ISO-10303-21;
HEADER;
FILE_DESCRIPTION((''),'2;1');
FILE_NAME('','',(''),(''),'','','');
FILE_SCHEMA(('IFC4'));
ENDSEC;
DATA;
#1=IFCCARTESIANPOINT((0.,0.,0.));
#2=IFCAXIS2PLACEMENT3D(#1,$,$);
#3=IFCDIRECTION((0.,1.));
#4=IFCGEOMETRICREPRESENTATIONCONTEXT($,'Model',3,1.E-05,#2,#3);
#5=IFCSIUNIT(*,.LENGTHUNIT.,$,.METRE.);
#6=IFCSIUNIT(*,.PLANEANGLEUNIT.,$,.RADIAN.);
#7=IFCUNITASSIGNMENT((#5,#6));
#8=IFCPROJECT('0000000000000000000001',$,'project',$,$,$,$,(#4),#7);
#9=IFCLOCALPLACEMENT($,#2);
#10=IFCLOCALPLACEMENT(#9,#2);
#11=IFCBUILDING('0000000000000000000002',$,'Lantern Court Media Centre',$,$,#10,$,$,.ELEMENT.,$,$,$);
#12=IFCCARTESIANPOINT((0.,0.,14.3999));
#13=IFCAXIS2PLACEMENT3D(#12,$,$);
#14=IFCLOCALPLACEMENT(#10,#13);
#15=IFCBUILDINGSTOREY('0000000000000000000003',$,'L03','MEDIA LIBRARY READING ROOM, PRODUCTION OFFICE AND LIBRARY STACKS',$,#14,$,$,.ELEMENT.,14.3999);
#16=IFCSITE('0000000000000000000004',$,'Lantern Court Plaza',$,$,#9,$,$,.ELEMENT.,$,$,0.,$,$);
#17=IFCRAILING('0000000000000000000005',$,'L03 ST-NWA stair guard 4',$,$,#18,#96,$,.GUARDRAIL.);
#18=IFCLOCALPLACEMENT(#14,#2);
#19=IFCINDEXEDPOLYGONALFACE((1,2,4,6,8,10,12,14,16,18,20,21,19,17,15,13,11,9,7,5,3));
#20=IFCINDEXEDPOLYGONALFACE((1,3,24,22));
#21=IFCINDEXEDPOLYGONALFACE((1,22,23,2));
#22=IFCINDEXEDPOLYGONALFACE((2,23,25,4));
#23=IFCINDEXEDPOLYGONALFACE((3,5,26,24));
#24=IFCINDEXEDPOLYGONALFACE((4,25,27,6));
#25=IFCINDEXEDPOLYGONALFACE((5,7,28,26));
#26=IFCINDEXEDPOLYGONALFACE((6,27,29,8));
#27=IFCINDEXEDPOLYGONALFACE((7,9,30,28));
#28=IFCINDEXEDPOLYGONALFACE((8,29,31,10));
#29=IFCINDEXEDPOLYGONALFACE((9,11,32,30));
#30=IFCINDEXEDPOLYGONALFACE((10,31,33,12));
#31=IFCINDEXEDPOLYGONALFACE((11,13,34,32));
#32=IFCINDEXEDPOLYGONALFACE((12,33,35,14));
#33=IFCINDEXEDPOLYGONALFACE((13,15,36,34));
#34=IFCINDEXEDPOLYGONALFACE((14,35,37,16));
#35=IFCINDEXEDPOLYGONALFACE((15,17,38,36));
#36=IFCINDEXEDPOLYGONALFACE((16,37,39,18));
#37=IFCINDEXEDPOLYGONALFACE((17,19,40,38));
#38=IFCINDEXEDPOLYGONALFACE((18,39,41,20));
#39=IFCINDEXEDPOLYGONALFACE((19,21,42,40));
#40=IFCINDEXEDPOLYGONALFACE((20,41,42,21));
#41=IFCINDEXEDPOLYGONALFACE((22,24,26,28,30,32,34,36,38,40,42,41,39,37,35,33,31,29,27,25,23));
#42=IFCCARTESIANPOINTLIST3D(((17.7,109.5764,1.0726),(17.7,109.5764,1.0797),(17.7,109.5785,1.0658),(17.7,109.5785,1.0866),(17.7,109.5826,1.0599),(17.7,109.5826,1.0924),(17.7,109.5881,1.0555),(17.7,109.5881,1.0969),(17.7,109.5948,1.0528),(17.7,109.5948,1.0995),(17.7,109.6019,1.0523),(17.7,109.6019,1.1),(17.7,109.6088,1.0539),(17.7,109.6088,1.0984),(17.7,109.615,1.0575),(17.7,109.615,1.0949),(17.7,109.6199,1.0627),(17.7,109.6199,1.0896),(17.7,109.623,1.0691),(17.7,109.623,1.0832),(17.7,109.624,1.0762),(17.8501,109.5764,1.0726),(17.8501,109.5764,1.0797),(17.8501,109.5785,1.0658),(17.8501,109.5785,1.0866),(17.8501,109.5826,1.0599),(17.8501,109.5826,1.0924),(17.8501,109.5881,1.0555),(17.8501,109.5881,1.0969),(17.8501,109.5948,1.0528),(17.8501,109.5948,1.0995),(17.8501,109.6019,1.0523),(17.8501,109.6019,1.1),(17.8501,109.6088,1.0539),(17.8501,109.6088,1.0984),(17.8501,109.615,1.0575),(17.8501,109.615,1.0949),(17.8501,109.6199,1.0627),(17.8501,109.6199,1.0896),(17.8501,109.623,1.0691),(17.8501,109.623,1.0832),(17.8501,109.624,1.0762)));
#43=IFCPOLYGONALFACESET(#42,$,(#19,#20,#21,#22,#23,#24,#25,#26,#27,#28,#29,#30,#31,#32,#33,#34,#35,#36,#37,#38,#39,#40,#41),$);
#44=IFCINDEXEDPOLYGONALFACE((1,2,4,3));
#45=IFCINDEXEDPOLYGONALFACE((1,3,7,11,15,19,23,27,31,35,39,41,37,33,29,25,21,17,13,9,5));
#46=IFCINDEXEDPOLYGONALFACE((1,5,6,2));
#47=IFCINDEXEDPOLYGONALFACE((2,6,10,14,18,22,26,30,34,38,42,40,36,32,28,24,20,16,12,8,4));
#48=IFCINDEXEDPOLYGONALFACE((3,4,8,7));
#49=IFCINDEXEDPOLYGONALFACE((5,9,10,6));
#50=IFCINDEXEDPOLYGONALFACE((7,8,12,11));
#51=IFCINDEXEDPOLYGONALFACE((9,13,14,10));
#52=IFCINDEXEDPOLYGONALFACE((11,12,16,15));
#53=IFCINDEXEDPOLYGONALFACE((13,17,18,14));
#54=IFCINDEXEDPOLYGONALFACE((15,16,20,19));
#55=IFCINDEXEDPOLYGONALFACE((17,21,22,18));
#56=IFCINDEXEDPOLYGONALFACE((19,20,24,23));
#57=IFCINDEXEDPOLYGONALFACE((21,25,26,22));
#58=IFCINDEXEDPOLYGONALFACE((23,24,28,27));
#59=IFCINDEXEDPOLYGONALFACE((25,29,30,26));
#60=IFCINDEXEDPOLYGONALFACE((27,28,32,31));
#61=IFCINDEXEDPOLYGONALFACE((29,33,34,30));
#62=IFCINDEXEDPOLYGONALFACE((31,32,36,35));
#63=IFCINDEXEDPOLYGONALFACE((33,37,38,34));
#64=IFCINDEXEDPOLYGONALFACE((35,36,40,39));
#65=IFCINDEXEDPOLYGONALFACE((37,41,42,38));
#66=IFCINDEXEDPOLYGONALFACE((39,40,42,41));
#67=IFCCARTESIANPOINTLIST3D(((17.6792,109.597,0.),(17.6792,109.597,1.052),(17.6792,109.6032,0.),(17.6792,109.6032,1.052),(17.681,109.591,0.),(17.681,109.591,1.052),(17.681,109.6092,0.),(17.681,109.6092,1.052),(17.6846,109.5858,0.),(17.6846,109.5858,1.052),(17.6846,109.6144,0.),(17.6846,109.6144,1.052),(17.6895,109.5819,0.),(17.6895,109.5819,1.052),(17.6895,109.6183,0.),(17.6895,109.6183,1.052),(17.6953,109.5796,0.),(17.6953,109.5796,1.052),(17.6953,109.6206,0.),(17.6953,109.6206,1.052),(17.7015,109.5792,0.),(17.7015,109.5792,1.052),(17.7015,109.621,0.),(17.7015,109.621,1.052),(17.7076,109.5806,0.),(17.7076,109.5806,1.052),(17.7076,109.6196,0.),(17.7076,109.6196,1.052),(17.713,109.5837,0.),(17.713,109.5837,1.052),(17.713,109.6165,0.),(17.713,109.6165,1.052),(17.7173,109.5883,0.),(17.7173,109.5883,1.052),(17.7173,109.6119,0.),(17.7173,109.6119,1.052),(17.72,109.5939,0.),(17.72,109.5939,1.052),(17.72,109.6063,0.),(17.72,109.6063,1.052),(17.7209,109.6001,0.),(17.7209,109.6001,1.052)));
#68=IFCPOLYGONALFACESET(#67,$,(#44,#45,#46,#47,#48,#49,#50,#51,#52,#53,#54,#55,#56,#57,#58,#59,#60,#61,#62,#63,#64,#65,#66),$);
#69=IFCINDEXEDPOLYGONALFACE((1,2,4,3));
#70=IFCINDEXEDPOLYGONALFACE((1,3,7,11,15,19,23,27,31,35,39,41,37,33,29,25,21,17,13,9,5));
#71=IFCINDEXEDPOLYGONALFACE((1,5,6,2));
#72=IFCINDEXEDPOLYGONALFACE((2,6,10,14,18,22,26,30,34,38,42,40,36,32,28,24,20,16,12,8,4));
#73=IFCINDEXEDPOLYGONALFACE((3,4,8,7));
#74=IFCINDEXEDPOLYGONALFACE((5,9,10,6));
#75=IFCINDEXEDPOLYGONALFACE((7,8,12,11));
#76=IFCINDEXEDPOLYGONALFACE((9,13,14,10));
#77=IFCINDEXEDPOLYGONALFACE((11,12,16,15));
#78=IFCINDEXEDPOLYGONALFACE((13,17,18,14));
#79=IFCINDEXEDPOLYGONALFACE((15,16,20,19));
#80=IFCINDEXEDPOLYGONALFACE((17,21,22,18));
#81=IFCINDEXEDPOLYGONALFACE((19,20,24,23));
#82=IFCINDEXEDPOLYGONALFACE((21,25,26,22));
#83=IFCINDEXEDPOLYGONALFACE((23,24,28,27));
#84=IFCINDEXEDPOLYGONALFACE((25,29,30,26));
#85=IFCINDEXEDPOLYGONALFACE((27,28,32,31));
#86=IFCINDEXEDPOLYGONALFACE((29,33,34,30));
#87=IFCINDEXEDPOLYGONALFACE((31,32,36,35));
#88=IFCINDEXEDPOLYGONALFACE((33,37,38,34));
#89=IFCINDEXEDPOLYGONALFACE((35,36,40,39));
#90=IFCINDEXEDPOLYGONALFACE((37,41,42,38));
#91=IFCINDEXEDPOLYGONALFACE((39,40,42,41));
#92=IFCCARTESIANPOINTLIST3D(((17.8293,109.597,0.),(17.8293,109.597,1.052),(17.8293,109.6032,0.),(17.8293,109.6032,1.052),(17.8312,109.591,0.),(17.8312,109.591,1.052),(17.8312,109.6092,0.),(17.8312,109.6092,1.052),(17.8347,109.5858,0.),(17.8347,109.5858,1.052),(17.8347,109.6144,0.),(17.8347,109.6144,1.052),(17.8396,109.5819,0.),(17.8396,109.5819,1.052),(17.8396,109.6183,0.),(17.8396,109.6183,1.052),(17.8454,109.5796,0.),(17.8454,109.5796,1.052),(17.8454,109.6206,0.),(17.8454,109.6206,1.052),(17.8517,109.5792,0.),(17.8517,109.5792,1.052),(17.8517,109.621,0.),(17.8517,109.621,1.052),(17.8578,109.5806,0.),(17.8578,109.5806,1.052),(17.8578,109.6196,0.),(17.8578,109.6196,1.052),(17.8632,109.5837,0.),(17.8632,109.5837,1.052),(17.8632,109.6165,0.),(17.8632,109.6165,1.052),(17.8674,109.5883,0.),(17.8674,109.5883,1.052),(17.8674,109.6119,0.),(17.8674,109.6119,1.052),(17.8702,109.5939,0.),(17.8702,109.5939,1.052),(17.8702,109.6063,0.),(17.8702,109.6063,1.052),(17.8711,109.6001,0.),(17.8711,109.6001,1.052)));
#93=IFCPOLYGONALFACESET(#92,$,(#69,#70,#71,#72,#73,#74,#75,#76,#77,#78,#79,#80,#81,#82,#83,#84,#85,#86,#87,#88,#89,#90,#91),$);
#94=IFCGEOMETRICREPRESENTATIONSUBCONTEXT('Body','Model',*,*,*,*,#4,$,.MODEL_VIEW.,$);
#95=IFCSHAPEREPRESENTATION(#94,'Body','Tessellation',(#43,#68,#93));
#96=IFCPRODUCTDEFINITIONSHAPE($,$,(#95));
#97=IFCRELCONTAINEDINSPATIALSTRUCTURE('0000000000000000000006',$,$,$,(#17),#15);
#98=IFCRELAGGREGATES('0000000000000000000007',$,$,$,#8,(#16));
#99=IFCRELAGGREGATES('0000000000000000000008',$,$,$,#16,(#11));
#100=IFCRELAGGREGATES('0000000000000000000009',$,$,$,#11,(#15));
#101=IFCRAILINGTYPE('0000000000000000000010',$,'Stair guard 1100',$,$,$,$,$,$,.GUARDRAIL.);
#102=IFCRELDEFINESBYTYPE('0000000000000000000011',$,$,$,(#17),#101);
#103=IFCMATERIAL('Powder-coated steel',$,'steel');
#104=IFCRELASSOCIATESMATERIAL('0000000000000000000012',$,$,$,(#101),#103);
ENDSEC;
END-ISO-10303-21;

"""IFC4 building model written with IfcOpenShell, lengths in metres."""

from ifc_helpers import new_model, si_unit, direction, frame, origin, origin_2d, place, context, subcontext, project, spatial, circle, extrude, material, type_object, element, save


model = new_model("IFC4")

# Units and contexts
model_context = context("Model", 3, precision=1e-05, world=origin(), true_north=direction((0.0, 1.0)))
body_context = subcontext(model_context, "Body", "Model", "MODEL_VIEW")
ifc_project = project(units=[si_unit("LENGTHUNIT", "METRE"), si_unit("PLANEANGLEUNIT", "RADIAN")], contexts=[model_context])

# Site, building, storey
site_placement = place(None, origin())
site = spatial("IfcSite", under=ifc_project, at=site_placement, Name="Lantern Court Plaza", CompositionType="ELEMENT", RefElevation=0.0)
building_placement = place(site_placement, origin())
building = spatial("IfcBuilding", under=site, at=building_placement, Name="Lantern Court Media Centre", CompositionType="ELEMENT")
storey_placement = place(building_placement, frame((0.0, 0.0, 14.3999)))
storey = spatial("IfcBuildingStorey", under=building, at=storey_placement, Name="L03", Description="MEDIA LIBRARY READING ROOM, PRODUCTION OFFICE AND LIBRARY STACKS", CompositionType="ELEMENT", Elevation=14.3999)

# Shared definitions
ifc_material_1 = material(Name="Powder-coated steel", Category="steel")

# Railing
railing_type_1 = type_object("IfcRailingType", Name="Stair guard 1100", PredefinedType="GUARDRAIL", material=ifc_material_1)
railing_1_placement = place(storey_placement, frame((17.7, 109.6001, 0.0)))
element("IfcRailing", 1, at=railing_1_placement, inside=storey, type_object=railing_type_1, Name="L03 ST-NWA stair guard 4", PredefinedType="GUARDRAIL", context=body_context, shape_type="SweptSolid", body=[
    extrude(circle(Radius=0.0239, at=origin_2d()), frame((0.0, 0.0, 1.0762), z_axis=(1.0, 0.0, 0.0), x_axis=(0.0, 1.0, 0.0)), (0.0, 0.0, 1.0), 0.1501),
    extrude(circle(Radius=0.021, at=origin_2d()), origin(), (0.0, 0.0, 1.0), 1.052),
    extrude(circle(Radius=0.021, at=origin_2d()), frame((0.1501, 0.0, 0.0)), (0.0, 0.0, 1.0), 1.052),
])

save(model, "model.ifc")
